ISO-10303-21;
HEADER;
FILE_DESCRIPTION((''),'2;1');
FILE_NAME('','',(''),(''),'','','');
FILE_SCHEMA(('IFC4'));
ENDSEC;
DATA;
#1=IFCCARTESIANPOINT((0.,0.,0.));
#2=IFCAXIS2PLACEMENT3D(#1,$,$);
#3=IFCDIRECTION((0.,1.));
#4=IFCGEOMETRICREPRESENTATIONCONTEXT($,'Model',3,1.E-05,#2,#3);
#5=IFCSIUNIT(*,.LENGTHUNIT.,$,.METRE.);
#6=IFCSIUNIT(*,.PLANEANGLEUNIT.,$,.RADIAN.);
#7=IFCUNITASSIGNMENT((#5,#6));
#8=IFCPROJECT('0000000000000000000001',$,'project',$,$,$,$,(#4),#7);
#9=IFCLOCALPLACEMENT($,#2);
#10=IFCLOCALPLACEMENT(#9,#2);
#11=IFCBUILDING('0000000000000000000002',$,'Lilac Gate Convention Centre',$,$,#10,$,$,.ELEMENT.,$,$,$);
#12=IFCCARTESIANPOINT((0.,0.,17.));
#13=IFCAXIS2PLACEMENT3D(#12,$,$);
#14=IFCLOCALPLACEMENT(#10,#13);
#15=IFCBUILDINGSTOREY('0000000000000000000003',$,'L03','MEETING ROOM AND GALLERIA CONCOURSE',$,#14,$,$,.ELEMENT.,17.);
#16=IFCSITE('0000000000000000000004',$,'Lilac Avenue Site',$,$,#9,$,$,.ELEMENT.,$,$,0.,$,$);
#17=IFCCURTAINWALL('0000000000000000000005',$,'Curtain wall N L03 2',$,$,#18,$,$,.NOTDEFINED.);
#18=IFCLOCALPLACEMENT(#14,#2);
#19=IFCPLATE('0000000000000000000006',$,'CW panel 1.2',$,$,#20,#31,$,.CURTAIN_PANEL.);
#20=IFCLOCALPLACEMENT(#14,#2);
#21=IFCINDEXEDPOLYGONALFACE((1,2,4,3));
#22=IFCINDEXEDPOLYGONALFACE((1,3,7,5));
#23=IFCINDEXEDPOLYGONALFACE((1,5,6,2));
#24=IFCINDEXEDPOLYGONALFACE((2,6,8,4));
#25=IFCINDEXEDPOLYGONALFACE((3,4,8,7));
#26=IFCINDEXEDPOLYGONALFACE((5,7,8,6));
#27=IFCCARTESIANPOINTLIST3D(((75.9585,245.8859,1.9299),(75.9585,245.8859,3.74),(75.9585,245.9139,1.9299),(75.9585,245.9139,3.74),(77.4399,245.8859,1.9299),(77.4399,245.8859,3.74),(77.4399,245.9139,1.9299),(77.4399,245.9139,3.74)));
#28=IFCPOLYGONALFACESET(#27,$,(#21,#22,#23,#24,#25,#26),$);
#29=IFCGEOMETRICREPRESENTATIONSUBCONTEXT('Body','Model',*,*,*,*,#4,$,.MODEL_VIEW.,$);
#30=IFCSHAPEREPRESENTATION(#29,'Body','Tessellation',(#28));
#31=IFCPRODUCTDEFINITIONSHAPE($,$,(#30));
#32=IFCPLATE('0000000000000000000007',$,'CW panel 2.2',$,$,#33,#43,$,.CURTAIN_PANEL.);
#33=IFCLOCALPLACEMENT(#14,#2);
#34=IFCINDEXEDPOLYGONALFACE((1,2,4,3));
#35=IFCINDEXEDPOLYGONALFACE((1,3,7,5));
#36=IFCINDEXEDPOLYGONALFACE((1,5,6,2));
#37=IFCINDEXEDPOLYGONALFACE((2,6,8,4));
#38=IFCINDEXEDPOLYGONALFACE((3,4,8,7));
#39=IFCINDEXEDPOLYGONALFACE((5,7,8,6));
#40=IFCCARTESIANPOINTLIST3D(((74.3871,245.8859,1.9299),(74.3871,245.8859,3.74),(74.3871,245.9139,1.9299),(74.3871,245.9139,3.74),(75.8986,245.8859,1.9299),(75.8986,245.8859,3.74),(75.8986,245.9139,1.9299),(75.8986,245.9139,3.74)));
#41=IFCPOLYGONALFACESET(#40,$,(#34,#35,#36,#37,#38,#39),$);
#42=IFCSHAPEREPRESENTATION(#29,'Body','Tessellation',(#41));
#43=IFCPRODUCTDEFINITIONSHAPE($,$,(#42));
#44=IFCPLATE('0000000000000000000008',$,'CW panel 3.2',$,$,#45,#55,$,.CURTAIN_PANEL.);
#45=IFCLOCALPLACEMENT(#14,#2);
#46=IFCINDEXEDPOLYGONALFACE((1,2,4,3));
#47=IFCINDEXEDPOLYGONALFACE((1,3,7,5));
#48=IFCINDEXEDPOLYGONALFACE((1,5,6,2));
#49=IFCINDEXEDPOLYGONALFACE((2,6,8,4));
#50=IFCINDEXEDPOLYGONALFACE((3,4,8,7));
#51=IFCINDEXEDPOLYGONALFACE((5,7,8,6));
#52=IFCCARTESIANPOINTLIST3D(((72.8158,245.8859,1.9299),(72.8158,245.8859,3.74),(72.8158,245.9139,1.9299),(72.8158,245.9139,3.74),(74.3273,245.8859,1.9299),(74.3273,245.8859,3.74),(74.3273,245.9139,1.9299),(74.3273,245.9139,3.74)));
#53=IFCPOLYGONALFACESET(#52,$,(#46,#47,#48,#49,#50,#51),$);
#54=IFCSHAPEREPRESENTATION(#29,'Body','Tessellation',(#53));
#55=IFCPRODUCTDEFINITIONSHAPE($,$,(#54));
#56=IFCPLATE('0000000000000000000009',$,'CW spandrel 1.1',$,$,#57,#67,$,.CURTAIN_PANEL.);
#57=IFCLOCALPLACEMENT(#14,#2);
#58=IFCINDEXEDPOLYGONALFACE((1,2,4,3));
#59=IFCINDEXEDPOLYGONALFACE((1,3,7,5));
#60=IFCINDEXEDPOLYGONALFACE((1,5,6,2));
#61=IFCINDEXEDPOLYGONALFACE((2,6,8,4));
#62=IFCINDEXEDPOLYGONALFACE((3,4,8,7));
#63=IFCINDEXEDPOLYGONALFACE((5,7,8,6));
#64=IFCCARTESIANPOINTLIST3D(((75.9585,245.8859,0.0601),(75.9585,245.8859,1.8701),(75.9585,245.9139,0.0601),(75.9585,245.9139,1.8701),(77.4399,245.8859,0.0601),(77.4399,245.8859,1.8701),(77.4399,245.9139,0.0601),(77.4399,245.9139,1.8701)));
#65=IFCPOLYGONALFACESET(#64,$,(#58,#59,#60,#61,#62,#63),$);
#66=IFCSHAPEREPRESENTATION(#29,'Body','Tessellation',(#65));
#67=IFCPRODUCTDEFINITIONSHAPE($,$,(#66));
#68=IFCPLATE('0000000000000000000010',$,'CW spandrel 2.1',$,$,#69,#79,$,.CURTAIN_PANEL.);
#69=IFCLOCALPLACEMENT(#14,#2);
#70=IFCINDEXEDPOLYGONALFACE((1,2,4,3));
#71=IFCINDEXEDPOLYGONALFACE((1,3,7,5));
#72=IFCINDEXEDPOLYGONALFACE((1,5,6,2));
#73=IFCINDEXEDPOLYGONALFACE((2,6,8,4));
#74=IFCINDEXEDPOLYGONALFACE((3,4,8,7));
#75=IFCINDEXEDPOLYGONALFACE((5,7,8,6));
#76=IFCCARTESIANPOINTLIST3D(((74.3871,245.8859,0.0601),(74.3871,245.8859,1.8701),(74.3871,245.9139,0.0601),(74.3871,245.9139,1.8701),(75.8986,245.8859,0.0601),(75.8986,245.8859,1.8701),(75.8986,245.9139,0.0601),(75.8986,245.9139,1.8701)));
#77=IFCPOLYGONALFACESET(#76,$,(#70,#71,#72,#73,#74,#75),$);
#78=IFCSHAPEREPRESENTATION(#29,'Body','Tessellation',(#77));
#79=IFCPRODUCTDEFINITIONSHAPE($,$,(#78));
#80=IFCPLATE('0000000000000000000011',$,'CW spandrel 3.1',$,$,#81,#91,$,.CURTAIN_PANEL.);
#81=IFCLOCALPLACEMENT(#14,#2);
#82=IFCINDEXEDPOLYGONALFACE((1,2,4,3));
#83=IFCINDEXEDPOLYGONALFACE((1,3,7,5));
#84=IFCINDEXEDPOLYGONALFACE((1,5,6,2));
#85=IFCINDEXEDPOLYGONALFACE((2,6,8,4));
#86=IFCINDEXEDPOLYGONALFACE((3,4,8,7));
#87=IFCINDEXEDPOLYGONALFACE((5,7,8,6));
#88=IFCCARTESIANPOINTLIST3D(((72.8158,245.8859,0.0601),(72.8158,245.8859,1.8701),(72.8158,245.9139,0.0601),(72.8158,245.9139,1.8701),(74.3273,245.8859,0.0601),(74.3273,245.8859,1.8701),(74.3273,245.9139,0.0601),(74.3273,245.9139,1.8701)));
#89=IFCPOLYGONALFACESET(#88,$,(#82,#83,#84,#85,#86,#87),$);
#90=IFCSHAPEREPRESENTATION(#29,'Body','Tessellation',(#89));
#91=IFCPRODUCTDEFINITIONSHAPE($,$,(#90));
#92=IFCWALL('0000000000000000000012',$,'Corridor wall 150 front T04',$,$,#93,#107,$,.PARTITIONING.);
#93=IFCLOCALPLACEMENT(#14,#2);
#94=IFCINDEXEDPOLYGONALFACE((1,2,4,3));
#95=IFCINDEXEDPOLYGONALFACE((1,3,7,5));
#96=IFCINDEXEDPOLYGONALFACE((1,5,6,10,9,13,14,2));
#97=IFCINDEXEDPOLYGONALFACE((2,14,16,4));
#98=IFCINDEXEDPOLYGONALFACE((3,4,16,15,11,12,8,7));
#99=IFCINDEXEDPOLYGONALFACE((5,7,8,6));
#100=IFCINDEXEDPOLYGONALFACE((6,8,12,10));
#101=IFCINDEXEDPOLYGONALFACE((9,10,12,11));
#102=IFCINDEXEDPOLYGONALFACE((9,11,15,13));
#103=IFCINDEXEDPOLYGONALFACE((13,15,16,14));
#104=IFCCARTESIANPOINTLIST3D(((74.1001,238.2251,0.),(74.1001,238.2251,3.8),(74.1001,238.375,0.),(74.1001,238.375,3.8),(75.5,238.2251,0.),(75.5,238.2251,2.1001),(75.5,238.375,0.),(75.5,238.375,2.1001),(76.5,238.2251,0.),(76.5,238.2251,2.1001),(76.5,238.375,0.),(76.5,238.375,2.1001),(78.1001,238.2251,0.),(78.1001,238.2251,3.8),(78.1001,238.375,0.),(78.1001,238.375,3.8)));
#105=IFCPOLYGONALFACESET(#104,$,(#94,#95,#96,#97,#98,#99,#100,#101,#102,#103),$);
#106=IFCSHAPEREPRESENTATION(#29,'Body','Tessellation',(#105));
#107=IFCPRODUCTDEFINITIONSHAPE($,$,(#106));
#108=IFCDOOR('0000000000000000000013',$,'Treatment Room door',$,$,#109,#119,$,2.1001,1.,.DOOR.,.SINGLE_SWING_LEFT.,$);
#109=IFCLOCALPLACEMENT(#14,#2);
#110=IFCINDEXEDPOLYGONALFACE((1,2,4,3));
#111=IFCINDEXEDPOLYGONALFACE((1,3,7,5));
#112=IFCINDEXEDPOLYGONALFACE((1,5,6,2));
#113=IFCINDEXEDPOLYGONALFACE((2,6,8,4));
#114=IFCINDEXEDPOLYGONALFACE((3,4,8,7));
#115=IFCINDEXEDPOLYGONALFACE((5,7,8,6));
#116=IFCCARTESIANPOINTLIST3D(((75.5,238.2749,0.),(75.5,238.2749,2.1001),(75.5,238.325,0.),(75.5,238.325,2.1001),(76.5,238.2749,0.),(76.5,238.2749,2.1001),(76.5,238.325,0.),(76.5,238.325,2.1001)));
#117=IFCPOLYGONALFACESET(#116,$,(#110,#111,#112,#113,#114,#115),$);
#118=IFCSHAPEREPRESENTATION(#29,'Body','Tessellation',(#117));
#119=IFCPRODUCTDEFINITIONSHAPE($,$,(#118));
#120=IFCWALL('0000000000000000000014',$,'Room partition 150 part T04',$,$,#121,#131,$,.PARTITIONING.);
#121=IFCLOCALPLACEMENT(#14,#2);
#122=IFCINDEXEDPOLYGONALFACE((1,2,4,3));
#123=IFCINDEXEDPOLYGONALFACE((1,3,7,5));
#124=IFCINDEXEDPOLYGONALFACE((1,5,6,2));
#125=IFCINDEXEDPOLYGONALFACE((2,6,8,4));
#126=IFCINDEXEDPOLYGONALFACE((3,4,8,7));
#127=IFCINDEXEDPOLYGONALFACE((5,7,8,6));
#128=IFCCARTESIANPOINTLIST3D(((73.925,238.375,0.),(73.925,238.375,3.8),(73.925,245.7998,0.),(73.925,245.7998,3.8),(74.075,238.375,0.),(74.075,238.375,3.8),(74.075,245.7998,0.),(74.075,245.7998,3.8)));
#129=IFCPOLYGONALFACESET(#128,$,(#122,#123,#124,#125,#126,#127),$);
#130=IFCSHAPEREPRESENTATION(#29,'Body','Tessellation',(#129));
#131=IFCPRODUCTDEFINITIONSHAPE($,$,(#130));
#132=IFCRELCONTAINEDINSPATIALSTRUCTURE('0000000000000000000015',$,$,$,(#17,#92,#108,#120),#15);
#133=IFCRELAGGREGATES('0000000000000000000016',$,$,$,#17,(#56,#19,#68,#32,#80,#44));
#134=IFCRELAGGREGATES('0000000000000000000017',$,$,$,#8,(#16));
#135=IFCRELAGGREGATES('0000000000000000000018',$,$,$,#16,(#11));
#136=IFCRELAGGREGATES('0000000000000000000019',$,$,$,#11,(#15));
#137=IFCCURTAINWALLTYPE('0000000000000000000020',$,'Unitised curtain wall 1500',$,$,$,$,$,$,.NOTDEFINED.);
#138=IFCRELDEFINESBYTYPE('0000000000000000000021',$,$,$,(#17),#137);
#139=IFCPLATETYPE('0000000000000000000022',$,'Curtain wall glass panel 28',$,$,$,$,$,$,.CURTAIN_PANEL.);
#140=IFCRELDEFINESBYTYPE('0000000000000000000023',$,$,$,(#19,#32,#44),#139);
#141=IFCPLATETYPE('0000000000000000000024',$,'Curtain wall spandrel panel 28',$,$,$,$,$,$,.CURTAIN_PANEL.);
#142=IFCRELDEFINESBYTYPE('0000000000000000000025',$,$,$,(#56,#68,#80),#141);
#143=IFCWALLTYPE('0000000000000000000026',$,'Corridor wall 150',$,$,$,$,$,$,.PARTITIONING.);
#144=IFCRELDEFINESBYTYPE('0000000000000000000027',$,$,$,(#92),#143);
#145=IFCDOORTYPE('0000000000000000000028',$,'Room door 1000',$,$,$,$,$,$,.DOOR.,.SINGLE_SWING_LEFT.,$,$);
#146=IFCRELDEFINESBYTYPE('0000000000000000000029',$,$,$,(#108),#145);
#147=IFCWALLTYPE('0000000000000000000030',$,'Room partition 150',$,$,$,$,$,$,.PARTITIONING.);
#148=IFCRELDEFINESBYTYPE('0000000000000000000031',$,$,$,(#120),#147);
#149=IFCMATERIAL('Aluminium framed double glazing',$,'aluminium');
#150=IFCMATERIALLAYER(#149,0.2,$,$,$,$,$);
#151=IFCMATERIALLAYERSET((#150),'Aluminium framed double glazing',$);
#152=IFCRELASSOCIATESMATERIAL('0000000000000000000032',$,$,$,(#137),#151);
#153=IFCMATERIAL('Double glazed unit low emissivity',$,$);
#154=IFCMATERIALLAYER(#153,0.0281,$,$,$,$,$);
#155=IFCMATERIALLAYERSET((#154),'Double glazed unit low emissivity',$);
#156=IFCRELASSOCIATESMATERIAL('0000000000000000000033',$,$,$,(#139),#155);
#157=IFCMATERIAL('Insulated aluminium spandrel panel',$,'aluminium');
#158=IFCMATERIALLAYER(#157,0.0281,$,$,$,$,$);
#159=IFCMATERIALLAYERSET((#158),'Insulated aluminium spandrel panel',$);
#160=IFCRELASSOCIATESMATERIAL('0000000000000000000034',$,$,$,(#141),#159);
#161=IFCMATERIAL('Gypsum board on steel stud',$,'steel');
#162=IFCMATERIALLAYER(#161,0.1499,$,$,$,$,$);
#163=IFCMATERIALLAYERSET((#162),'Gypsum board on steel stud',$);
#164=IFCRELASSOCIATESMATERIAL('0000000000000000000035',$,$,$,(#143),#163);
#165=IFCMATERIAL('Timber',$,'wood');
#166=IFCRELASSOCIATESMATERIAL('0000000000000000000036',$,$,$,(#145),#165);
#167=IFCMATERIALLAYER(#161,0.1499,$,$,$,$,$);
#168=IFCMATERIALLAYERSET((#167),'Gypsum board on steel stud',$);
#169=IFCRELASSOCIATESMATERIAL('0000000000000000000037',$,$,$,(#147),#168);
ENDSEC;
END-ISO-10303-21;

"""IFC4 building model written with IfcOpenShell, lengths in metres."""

from ifc_helpers import new_model, si_unit, direction, frame, frame_2d, origin, origin_2d, place, context, subcontext, project, spatial, rectangle, extrude, material, layer, layer_set, type_object, element, fill, aggregate, save


model = new_model("IFC4")

# Units and contexts
model_context = context("Model", 3, precision=1e-05, world=origin(), true_north=direction((0.0, 1.0)))
body_context = subcontext(model_context, "Body", "Model", "MODEL_VIEW")
ifc_project = project(units=[si_unit("LENGTHUNIT", "METRE"), si_unit("PLANEANGLEUNIT", "RADIAN")], contexts=[model_context])

# Site, building, storey
site_placement = place(None, origin())
site = spatial("IfcSite", under=ifc_project, at=site_placement, Name="Lilac Avenue Site", CompositionType="ELEMENT", RefElevation=0.0)
building_placement = place(site_placement, origin())
building = spatial("IfcBuilding", under=site, at=building_placement, Name="Lilac Gate Convention Centre", CompositionType="ELEMENT")
storey_placement = place(building_placement, frame((0.0, 0.0, 17.0)))
storey = spatial("IfcBuildingStorey", under=building, at=storey_placement, Name="L03", Description="MEETING ROOM AND GALLERIA CONCOURSE", CompositionType="ELEMENT", Elevation=17.0)

# Curtain wall, plates
ifc_material_1 = material(Name="Aluminium framed double glazing", Category="aluminium")
ifc_layer_1 = layer(ifc_material_1, 0.2)
ifc_layer_set_1 = layer_set([ifc_layer_1], Name="Aluminium framed double glazing")
curtain_wall_type = type_object("IfcCurtainWallType", Name="Unitised curtain wall 1500", PredefinedType="NOTDEFINED", material=ifc_layer_set_1)
curtain_wall_placement = place(storey_placement, origin())
curtain_wall = element("IfcCurtainWall", 1, at=curtain_wall_placement, inside=storey, type_object=curtain_wall_type, Name="Curtain wall N L03 2", PredefinedType="NOTDEFINED")
ifc_material_2 = material(Name="Double glazed unit low emissivity")
ifc_layer_2 = layer(ifc_material_2, 0.0281)
ifc_layer_set_2 = layer_set([ifc_layer_2], Name="Double glazed unit low emissivity")
plate_type_1 = type_object("IfcPlateType", Name="Curtain wall glass panel 28", PredefinedType="CURTAIN_PANEL", material=ifc_layer_set_2)
plate_1_placement = place(storey_placement, frame((76.6992, 245.8999, 1.9299), z_axis=(0.0, 0.0, 1.0), x_axis=(-1.0, 0.0, 0.0)))
plate_1 = element("IfcPlate", 2, at=plate_1_placement, type_object=plate_type_1, Name="CW panel 1.2", PredefinedType="CURTAIN_PANEL", context=body_context, shape_type="SweptSolid", body=[
    extrude(rectangle(XDim=1.4814, YDim=0.0281, at=origin_2d()), origin(), (0.0, 0.0, 1.0), 1.8101),
])
plate_2_placement = place(storey_placement, frame((75.1428, 245.8999, 1.9299), z_axis=(0.0, 0.0, 1.0), x_axis=(-1.0, 0.0, 0.0)))
plate_2 = element("IfcPlate", 3, at=plate_2_placement, type_object=plate_type_1, Name="CW panel 2.2", PredefinedType="CURTAIN_PANEL", context=body_context, shape_type="SweptSolid", body=[
    extrude(rectangle(XDim=1.5115, YDim=0.0281, at=origin_2d()), origin(), (0.0, 0.0, 1.0), 1.8101),
])
plate_3_placement = place(storey_placement, frame((73.5715, 245.8999, 1.9299), z_axis=(0.0, 0.0, 1.0), x_axis=(-1.0, 0.0, 0.0)))
plate_3 = element("IfcPlate", 4, at=plate_3_placement, type_object=plate_type_1, Name="CW panel 3.2", PredefinedType="CURTAIN_PANEL", context=body_context, shape_type="SweptSolid", body=[
    extrude(rectangle(XDim=1.5115, YDim=0.0281, at=origin_2d()), origin(), (0.0, 0.0, 1.0), 1.8101),
])
ifc_material_3 = material(Name="Insulated aluminium spandrel panel", Category="aluminium")
ifc_layer_3 = layer(ifc_material_3, 0.0281)
ifc_layer_set_3 = layer_set([ifc_layer_3], Name="Insulated aluminium spandrel panel")
plate_type_2 = type_object("IfcPlateType", Name="Curtain wall spandrel panel 28", PredefinedType="CURTAIN_PANEL", material=ifc_layer_set_3)
plate_4_placement = place(storey_placement, frame((76.6992, 245.8999, 0.0601), z_axis=(0.0, 0.0, 1.0), x_axis=(-1.0, 0.0, 0.0)))
plate_4 = element("IfcPlate", 5, at=plate_4_placement, type_object=plate_type_2, Name="CW spandrel 1.1", PredefinedType="CURTAIN_PANEL", context=body_context, shape_type="SweptSolid", body=[
    extrude(rectangle(XDim=1.4814, YDim=0.0281, at=origin_2d()), origin(), (0.0, 0.0, 1.0), 1.8101),
])
plate_5_placement = place(storey_placement, frame((75.1428, 245.8999, 0.0601), z_axis=(0.0, 0.0, 1.0), x_axis=(-1.0, 0.0, 0.0)))
plate_5 = element("IfcPlate", 6, at=plate_5_placement, type_object=plate_type_2, Name="CW spandrel 2.1", PredefinedType="CURTAIN_PANEL", context=body_context, shape_type="SweptSolid", body=[
    extrude(rectangle(XDim=1.5115, YDim=0.0281, at=origin_2d()), origin(), (0.0, 0.0, 1.0), 1.8101),
])
plate_6_placement = place(storey_placement, frame((73.5715, 245.8999, 0.0601), z_axis=(0.0, 0.0, 1.0), x_axis=(-1.0, 0.0, 0.0)))
plate_6 = element("IfcPlate", 7, at=plate_6_placement, type_object=plate_type_2, Name="CW spandrel 3.1", PredefinedType="CURTAIN_PANEL", context=body_context, shape_type="SweptSolid", body=[
    extrude(rectangle(XDim=1.5115, YDim=0.0281, at=origin_2d()), origin(), (0.0, 0.0, 1.0), 1.8101),
])
aggregate(curtain_wall, [plate_4, plate_1, plate_5, plate_2, plate_6, plate_3])

# Wall, opening, door
ifc_material_4 = material(Name="Gypsum board on steel stud", Category="steel")
ifc_layer_4 = layer(ifc_material_4, 0.1499)
ifc_layer_set_4 = layer_set([ifc_layer_4], Name="Gypsum board on steel stud")
wall_type_1 = type_object("IfcWallType", Name="Corridor wall 150", PredefinedType="PARTITIONING", material=ifc_layer_set_4)
wall_1_placement = place(storey_placement, frame((74.1001, 238.3, 0.0), z_axis=(0.0, 0.0, 1.0), x_axis=(1.0, 0.0, 0.0)))
wall_1 = element("IfcWall", 8, at=wall_1_placement, inside=storey, type_object=wall_type_1, Name="Corridor wall 150 front T04", PredefinedType="PARTITIONING", context=body_context, shape_type="SweptSolid", body=[
    extrude(rectangle(XDim=4.0, YDim=0.1499, at=frame_2d((2.0, 0.0))), origin(), (0.0, 0.0, 1.0), 3.8),
])
opening_placement = place(wall_1_placement, frame((1.3999, 0.0, 0.0)))
opening = element("IfcOpeningElement", 9, at=opening_placement, cuts=wall_1, PredefinedType="OPENING", context=body_context, shape_type="SweptSolid", body=[
    extrude(rectangle(XDim=1.0, YDim=2.1001, at=frame_2d((0.5, 1.05))), frame((0.0, 0.085, 0.0), z_axis=(0.0, -1.0, 0.0), x_axis=(1.0, 0.0, 0.0)), (0.0, 0.0, 1.0), 0.1699),
])
ifc_material_5 = material(Name="Timber", Category="wood")
door_type = type_object("IfcDoorType", Name="Room door 1000", OperationType="SINGLE_SWING_LEFT", PredefinedType="DOOR", material=ifc_material_5)
door_placement = place(opening_placement, origin())
door = element("IfcDoor", 10, at=door_placement, inside=storey, type_object=door_type, Name="Treatment Room door", OperationType="SINGLE_SWING_LEFT", OverallHeight=2.1001, OverallWidth=1.0, PredefinedType="DOOR", context=body_context, shape_type="SweptSolid", body=[
    extrude(rectangle(XDim=1.0, YDim=2.1001, at=frame_2d((0.5, 1.05))), frame((0.0, 0.0249, 0.0), z_axis=(0.0, -1.0, 0.0), x_axis=(1.0, 0.0, 0.0)), (0.0, 0.0, 1.0), 0.05),
])
fill(opening, door)

# Wall
ifc_layer_5 = layer(ifc_material_4, 0.1499)
ifc_layer_set_5 = layer_set([ifc_layer_5], Name="Gypsum board on steel stud")
wall_type_2 = type_object("IfcWallType", Name="Room partition 150", PredefinedType="PARTITIONING", material=ifc_layer_set_5)
wall_2_placement = place(storey_placement, frame((74.0, 245.7998, 0.0), z_axis=(0.0, 0.0, 1.0), x_axis=(0.0, -1.0, 0.0)))
element("IfcWall", 11, at=wall_2_placement, inside=storey, type_object=wall_type_2, Name="Room partition 150 part T04", PredefinedType="PARTITIONING", context=body_context, shape_type="SweptSolid", body=[
    extrude(rectangle(XDim=7.4248, YDim=0.1499, at=frame_2d((3.7124, 0.0))), origin(), (0.0, 0.0, 1.0), 3.8),
])

save(model, "model.ifc")
